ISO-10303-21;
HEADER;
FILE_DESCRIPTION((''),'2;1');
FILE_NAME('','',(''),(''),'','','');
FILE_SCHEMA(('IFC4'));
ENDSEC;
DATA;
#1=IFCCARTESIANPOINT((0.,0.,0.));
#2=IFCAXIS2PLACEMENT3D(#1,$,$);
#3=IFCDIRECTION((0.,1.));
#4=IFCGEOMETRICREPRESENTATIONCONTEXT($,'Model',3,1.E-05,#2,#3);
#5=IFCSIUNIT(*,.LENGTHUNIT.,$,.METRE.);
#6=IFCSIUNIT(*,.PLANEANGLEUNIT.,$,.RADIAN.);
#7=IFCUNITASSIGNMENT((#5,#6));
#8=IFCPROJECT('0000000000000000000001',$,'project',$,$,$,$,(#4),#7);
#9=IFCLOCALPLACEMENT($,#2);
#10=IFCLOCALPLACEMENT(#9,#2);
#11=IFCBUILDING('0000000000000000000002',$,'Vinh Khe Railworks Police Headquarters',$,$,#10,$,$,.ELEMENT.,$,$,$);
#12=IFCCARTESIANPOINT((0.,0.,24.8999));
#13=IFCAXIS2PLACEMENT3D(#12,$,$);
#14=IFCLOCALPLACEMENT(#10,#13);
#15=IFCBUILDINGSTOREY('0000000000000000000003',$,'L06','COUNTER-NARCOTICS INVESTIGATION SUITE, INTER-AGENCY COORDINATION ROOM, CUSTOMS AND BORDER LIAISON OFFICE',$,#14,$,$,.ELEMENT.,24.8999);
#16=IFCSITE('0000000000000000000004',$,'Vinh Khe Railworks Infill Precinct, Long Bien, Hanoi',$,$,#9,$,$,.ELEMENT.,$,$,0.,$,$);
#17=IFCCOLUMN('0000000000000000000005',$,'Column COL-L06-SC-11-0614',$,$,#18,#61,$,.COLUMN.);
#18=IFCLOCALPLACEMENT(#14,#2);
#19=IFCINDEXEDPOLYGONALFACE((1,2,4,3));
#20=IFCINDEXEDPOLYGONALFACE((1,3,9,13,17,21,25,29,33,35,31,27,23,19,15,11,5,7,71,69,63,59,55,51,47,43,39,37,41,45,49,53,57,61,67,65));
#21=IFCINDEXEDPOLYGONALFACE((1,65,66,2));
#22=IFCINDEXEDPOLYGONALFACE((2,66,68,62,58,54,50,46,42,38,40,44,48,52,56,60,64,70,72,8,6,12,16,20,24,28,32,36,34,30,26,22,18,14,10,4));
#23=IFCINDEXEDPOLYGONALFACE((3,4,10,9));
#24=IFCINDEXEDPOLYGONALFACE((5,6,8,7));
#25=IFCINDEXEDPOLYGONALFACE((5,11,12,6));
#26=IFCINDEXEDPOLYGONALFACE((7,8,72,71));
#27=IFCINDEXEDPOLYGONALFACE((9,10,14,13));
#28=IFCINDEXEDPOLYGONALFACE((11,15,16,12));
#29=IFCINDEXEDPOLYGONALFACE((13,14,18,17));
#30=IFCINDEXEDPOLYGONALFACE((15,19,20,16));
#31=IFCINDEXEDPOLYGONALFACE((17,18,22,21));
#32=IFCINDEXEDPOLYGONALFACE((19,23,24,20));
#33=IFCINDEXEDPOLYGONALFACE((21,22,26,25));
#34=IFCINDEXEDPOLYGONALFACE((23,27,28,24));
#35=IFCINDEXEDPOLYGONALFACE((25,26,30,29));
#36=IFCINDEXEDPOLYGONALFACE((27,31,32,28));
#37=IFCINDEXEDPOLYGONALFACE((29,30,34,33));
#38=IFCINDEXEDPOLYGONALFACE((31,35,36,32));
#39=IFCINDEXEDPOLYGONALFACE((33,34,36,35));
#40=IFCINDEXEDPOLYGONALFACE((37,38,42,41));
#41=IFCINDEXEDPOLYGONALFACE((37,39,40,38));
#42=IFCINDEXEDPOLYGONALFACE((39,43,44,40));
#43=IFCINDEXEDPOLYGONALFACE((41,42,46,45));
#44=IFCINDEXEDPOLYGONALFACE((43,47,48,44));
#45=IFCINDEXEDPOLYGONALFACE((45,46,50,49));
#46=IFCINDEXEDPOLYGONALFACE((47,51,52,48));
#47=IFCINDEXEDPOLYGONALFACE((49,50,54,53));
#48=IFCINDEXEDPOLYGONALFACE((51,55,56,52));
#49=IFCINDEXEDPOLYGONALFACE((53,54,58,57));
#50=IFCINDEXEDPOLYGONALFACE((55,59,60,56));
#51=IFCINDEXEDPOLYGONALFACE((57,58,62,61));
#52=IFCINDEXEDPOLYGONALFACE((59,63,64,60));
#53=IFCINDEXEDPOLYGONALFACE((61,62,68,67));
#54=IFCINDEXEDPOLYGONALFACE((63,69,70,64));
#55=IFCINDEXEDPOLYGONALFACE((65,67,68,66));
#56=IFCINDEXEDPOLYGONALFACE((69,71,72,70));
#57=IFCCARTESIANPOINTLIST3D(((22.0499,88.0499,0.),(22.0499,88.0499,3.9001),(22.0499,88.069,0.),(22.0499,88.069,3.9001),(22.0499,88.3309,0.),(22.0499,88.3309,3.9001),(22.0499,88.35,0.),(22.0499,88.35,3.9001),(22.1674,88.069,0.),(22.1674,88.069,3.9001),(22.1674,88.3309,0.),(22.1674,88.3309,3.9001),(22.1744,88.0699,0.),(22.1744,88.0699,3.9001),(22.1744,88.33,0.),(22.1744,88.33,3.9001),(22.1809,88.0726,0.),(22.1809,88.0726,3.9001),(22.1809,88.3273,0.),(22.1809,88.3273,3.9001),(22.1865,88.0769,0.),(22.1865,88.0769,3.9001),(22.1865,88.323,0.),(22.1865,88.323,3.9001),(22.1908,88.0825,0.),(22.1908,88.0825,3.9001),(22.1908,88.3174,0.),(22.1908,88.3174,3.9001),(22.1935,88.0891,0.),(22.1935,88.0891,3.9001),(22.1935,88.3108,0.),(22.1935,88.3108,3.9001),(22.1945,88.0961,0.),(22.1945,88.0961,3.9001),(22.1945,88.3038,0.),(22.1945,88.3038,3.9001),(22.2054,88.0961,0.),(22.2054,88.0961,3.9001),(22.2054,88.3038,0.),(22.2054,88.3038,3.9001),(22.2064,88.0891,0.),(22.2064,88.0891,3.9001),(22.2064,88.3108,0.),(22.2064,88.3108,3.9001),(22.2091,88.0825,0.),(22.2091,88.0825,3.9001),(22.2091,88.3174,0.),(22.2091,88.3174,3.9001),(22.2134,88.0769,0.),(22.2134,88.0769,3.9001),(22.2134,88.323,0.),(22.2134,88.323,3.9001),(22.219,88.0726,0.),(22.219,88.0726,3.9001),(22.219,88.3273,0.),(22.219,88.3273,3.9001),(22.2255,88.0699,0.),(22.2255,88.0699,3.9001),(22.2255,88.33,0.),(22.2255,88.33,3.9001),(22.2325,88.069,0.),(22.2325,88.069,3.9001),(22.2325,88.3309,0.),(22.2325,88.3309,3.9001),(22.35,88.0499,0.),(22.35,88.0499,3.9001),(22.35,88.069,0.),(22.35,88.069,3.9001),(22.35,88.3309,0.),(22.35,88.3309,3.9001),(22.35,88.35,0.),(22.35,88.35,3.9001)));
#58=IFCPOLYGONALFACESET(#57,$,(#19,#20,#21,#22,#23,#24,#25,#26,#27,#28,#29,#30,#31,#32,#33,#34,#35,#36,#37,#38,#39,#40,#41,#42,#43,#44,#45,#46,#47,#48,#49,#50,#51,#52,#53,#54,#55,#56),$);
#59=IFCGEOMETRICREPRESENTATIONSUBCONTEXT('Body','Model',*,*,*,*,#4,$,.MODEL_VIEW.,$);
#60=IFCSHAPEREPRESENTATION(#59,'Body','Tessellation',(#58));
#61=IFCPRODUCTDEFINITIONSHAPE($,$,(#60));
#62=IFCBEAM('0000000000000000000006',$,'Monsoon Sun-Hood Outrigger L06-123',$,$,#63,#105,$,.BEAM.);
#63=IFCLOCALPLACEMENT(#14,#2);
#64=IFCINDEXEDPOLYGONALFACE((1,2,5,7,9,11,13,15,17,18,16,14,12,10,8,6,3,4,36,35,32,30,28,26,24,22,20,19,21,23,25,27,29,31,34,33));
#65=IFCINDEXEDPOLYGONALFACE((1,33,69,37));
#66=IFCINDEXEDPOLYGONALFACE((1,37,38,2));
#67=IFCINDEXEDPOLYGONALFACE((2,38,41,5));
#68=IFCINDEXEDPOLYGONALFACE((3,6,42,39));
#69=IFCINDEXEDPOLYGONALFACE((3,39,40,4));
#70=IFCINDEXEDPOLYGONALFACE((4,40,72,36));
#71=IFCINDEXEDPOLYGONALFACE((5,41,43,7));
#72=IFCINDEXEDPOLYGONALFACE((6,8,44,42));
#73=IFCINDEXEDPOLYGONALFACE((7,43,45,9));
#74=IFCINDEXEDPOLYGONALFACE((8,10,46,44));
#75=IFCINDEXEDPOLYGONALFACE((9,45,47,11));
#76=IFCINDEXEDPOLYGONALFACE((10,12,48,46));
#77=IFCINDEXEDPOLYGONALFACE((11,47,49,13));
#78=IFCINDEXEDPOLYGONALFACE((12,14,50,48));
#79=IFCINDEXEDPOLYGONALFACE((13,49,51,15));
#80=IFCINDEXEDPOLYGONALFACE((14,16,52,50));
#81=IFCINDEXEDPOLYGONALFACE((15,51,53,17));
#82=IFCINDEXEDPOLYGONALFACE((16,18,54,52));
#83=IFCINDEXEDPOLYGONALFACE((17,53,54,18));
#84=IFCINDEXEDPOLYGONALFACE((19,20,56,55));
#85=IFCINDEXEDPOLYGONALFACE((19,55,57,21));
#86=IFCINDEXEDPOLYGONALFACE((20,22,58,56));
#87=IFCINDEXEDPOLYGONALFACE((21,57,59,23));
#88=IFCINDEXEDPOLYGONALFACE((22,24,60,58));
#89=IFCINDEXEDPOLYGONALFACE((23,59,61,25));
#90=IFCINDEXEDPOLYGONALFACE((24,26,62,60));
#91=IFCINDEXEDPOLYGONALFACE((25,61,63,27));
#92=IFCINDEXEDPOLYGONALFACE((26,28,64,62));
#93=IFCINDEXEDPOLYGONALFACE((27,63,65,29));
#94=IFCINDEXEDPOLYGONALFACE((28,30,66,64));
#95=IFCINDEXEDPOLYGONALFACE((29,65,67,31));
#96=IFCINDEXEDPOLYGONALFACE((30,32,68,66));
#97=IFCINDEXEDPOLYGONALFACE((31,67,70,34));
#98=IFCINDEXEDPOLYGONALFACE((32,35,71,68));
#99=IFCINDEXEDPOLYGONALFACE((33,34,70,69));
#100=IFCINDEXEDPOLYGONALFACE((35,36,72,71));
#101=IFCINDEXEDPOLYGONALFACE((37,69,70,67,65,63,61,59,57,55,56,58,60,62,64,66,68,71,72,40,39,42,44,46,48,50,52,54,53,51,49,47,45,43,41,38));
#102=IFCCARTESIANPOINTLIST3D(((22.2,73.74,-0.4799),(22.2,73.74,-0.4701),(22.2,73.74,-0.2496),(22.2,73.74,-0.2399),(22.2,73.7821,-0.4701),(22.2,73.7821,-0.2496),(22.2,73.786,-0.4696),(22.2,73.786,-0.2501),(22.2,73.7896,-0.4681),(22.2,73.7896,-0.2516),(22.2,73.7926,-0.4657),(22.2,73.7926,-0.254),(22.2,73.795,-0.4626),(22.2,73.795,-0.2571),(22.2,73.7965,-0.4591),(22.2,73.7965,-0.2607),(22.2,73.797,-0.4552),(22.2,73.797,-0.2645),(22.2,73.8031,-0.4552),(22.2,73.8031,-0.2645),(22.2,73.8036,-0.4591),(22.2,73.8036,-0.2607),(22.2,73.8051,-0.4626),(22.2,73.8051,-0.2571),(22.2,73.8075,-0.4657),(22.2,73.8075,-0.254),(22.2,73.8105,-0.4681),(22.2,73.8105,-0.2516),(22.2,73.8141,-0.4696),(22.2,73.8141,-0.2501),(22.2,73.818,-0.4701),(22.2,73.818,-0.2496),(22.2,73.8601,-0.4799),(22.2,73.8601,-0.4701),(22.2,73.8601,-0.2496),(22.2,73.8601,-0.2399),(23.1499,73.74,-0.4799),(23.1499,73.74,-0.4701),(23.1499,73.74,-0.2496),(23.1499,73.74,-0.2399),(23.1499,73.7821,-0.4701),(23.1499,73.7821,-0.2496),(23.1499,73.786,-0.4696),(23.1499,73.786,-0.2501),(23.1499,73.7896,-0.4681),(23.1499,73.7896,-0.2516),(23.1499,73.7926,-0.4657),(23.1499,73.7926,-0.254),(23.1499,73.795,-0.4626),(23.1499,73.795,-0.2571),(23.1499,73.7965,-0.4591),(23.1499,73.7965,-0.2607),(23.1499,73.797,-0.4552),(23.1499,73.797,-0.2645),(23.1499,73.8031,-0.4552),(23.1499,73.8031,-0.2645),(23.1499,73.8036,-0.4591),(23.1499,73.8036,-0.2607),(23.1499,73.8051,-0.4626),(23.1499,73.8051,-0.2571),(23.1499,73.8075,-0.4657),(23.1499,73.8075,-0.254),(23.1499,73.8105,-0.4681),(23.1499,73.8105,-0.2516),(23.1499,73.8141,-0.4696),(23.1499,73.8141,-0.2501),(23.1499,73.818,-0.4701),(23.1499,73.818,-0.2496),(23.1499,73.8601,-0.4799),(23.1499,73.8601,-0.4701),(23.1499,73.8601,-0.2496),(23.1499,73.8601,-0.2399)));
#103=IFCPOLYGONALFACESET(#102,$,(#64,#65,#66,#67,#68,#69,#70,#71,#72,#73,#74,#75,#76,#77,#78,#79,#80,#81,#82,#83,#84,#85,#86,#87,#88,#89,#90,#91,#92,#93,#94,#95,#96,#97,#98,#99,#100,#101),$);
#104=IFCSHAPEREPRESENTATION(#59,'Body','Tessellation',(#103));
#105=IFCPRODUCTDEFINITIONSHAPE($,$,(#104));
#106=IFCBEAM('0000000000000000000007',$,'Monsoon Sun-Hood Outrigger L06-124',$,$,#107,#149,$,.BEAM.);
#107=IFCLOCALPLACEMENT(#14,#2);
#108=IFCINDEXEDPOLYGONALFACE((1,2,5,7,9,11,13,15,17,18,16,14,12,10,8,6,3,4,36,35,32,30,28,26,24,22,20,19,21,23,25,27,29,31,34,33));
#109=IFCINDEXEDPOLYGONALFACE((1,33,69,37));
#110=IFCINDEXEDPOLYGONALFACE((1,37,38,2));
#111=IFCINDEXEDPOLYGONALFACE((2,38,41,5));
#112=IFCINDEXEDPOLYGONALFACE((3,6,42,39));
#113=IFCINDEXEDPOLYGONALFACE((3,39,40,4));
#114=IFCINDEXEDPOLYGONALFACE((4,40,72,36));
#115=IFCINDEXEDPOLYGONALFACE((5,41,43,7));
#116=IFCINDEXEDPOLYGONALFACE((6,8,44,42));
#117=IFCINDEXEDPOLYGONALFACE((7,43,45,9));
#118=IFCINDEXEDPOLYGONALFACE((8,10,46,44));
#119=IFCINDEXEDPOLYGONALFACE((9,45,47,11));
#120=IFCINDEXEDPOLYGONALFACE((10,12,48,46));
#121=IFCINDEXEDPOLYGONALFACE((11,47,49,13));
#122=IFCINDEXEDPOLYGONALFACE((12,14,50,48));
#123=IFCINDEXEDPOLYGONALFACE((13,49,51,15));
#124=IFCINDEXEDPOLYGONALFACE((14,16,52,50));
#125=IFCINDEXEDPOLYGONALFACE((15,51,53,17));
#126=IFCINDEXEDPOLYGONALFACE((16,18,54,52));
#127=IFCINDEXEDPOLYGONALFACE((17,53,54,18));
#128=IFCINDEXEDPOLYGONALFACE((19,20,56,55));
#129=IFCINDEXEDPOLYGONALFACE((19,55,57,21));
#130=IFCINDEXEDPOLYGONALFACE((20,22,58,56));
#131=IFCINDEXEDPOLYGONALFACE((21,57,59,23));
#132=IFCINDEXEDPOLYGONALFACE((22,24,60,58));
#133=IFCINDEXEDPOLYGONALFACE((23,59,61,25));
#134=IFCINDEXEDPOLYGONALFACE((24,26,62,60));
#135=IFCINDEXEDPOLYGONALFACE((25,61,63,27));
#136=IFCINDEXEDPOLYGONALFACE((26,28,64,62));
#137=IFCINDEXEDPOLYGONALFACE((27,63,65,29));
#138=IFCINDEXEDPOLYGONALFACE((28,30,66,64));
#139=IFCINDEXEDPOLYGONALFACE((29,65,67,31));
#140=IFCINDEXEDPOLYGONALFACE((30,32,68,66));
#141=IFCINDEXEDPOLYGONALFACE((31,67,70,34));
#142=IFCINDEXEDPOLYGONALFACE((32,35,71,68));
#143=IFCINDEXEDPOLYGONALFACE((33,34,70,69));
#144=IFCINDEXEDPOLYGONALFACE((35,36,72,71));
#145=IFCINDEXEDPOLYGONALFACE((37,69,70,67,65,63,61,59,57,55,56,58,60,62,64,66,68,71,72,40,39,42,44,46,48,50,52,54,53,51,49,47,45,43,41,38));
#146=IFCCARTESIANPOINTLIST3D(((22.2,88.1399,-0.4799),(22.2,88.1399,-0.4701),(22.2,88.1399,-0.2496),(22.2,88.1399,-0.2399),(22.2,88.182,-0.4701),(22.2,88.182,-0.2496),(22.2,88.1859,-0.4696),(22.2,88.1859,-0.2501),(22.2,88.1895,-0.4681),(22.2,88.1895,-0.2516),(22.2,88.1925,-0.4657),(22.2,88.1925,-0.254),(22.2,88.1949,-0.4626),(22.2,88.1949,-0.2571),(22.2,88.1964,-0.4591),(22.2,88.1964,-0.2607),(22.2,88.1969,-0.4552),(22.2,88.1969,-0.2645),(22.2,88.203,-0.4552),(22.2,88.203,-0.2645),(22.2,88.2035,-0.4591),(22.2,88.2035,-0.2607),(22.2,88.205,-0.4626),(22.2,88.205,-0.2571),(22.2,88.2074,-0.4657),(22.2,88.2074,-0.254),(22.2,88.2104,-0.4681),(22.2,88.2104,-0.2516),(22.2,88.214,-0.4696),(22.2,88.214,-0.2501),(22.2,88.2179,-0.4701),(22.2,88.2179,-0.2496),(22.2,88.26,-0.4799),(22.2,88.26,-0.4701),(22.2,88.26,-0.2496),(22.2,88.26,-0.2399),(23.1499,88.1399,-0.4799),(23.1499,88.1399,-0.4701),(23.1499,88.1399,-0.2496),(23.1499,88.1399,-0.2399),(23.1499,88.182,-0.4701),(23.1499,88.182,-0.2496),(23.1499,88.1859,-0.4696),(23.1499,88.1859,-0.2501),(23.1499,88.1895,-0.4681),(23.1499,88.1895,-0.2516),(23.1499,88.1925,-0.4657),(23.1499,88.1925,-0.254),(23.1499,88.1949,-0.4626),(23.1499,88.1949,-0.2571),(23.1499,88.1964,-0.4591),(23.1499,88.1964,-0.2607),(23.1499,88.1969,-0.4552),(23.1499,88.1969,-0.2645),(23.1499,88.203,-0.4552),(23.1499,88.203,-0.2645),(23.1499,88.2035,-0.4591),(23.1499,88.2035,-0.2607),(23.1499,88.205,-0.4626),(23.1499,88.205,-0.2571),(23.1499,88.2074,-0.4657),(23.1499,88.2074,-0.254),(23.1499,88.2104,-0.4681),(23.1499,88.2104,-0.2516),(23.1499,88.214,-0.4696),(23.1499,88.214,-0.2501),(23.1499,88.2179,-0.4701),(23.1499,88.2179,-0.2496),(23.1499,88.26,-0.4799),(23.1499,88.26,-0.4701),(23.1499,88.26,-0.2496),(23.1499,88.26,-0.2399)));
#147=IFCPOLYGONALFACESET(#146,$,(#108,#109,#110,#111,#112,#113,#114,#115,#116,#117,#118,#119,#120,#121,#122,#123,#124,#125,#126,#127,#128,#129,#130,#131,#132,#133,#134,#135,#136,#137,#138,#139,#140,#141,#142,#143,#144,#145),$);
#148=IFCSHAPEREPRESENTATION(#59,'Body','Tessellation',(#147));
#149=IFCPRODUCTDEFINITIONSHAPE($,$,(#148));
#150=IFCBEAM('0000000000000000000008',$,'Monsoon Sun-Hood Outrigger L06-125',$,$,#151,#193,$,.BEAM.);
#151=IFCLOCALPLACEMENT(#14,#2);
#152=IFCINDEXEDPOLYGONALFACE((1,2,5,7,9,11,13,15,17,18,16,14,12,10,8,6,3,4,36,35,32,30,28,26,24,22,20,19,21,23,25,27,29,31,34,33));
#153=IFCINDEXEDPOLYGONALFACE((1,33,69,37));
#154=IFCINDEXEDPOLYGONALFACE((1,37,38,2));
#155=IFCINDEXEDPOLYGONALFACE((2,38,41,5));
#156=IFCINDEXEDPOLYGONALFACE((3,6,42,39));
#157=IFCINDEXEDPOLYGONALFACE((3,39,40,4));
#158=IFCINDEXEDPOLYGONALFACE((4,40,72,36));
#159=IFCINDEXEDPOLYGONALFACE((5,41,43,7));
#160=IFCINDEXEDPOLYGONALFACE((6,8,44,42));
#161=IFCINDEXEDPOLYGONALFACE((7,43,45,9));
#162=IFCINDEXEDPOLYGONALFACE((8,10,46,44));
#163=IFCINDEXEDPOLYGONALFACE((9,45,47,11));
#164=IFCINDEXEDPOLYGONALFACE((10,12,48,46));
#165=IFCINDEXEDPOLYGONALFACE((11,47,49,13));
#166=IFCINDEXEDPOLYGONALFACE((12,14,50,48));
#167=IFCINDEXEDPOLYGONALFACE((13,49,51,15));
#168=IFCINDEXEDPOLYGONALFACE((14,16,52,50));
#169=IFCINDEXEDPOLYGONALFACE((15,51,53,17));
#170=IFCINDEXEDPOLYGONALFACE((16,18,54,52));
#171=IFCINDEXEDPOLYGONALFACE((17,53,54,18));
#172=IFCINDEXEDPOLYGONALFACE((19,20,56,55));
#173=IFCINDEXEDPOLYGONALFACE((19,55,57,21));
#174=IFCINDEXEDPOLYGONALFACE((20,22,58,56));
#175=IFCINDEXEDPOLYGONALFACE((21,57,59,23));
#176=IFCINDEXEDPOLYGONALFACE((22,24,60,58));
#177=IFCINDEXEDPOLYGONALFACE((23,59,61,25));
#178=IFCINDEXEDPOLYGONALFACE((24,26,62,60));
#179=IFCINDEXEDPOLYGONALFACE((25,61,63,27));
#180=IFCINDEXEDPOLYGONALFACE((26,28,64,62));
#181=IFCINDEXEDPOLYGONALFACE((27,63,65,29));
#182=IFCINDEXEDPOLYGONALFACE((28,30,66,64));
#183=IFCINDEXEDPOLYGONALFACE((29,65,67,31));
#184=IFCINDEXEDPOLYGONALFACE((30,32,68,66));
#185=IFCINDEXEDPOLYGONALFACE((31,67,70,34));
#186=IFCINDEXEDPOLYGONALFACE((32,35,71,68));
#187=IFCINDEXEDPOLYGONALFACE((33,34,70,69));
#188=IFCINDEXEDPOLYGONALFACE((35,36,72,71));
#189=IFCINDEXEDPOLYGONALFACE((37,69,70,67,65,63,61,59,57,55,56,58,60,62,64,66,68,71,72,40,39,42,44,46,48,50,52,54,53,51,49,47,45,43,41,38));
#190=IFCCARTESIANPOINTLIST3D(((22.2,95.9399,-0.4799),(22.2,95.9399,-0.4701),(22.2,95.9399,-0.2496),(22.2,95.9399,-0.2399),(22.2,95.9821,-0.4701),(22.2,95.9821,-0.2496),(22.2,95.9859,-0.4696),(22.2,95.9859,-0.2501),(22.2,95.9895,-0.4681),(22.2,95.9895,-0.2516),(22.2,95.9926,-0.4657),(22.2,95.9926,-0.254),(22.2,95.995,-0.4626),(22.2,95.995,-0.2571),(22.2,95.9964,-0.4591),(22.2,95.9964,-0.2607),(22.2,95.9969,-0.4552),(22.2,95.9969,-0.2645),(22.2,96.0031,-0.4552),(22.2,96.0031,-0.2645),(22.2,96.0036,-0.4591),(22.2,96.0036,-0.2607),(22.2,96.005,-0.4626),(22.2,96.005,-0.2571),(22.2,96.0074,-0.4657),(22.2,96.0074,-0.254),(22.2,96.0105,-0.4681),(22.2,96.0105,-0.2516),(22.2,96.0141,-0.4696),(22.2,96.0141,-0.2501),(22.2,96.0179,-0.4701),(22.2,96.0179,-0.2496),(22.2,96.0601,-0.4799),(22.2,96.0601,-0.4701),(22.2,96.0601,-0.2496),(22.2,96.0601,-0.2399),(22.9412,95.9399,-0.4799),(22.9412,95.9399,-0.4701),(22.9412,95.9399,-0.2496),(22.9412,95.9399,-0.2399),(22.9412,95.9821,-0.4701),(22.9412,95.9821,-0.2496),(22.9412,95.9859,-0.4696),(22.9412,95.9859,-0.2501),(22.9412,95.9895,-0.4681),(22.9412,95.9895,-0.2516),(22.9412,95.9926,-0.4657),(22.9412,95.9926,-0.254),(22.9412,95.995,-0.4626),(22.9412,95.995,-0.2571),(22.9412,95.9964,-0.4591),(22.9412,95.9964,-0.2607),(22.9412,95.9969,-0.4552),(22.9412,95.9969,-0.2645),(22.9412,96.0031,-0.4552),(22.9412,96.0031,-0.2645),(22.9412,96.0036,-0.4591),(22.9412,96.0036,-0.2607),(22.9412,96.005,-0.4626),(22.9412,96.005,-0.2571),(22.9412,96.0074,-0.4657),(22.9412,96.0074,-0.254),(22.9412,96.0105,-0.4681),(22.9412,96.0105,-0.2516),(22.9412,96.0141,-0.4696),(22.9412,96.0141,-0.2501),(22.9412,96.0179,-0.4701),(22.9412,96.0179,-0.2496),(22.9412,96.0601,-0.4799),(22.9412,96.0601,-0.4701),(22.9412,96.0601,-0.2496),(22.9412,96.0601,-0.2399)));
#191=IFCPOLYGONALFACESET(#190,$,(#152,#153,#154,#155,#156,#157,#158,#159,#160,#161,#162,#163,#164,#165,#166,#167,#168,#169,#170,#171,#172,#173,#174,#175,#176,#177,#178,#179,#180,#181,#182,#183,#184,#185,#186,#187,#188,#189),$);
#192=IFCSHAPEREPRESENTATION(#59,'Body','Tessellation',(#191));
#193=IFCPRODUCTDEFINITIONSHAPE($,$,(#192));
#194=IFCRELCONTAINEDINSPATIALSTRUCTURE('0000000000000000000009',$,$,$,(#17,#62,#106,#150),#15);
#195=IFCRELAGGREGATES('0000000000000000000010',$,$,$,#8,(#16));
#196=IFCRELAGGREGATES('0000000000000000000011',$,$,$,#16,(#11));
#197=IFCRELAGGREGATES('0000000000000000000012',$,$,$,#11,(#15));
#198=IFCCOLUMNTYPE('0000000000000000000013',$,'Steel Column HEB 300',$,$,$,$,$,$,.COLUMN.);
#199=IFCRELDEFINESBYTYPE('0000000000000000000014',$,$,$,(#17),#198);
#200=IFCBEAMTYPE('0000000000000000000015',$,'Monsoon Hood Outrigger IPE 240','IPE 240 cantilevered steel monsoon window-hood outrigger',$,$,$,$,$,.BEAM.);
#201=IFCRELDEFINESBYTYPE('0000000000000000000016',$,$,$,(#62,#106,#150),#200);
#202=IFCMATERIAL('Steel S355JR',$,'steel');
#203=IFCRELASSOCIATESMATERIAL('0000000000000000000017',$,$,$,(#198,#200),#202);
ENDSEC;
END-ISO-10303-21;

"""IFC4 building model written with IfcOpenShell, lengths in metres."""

from ifc_helpers import new_model, si_unit, direction, frame, origin, origin_2d, place, context, subcontext, project, spatial, i_section, extrude, material, material_profile, profile_set, type_object, element, save


model = new_model("IFC4")

# Units and contexts
model_context = context("Model", 3, precision=1e-05, world=origin(), true_north=direction((0.0, 1.0)))
body_context = subcontext(model_context, "Body", "Model", "MODEL_VIEW")
ifc_project = project(units=[si_unit("LENGTHUNIT", "METRE"), si_unit("PLANEANGLEUNIT", "RADIAN")], contexts=[model_context])

# Site, building, storey
site_placement = place(None, origin())
site = spatial("IfcSite", under=ifc_project, at=site_placement, Name="Vinh Khe Railworks Infill Precinct, Long Bien, Hanoi", CompositionType="ELEMENT", RefElevation=0.0)
building_placement = place(site_placement, origin())
building = spatial("IfcBuilding", under=site, at=building_placement, Name="Vinh Khe Railworks Police Headquarters", CompositionType="ELEMENT")
storey_placement = place(building_placement, frame((0.0, 0.0, 24.8999)))
storey = spatial("IfcBuildingStorey", under=building, at=storey_placement, Name="L06", Description="COUNTER-NARCOTICS INVESTIGATION SUITE, INTER-AGENCY COORDINATION ROOM, CUSTOMS AND BORDER LIAISON OFFICE", CompositionType="ELEMENT", Elevation=24.8999)

# Column
ifc_material_1 = material(Name="Steel S355JR", Category="steel")
ifc_material_profile_1 = material_profile(ifc_material_1, i_section(OverallWidth=0.3, OverallDepth=0.3, WebThickness=0.011, FlangeThickness=0.019, FilletRadius=0.0271, at=origin_2d()), Name="HEB 300")
ifc_profile_set_1 = profile_set([ifc_material_profile_1], Name="Steel S355JR")
column_type_1 = type_object("IfcColumnType", Name="Steel Column HEB 300", PredefinedType="COLUMN", material=ifc_profile_set_1)
column_1_placement = place(storey_placement, frame((22.2, 88.2, 0.0), z_axis=(0.0, 0.0, 1.0), x_axis=(1.0, 0.0, 0.0)))
element("IfcColumn", 1, at=column_1_placement, inside=storey, type_object=column_type_1, Name="Column COL-L06-SC-11-0614", PredefinedType="COLUMN", context=body_context, shape_type="SweptSolid", body=[
    extrude(i_section(OverallWidth=0.3, OverallDepth=0.3, WebThickness=0.011, FlangeThickness=0.019, FilletRadius=0.0271, at=origin_2d()), origin(), (0.0, 0.0, 1.0), 3.9001),
])

# Beams
ifc_material_profile_2 = material_profile(ifc_material_1, i_section(OverallWidth=0.1201, OverallDepth=0.24, WebThickness=0.0061, FlangeThickness=0.0098, FilletRadius=0.0149, at=origin_2d()), Name="IPE 240")
ifc_profile_set_2 = profile_set([ifc_material_profile_2], Name="Steel S355JR")
beam_type_1 = type_object("IfcBeamType", Name="Monsoon Hood Outrigger IPE 240", Description="IPE 240 cantilevered steel monsoon window-hood outrigger", PredefinedType="BEAM", material=ifc_profile_set_2)
for number, where, z_axis, x_axis, name in (
    (2, (22.2, 73.8, -0.3599), (1.0, 0.0, 0.0), (0.0, 1.0, 0.0), "Monsoon Sun-Hood Outrigger L06-123"),
    (3, (22.2, 88.2, -0.3599), (1.0, 0.0, 0.0), (0.0, 1.0, 0.0), "Monsoon Sun-Hood Outrigger L06-124"),
):
    element("IfcBeam", number, at=place(storey_placement, frame(where, z_axis=z_axis, x_axis=x_axis)), inside=storey, type_object=beam_type_1, Name=name, PredefinedType="BEAM", context=body_context, shape_type="SweptSolid", body=[
        extrude(i_section(OverallWidth=0.1201, OverallDepth=0.24, WebThickness=0.0061, FlangeThickness=0.0098, FilletRadius=0.0149, at=origin_2d()), origin(), (0.0, 0.0, 1.0), 0.95),
    ])
beam_1_placement = place(storey_placement, frame((22.2, 96.0, -0.3599), z_axis=(1.0, 0.0, 0.0), x_axis=(0.0, 1.0, 0.0)))
element("IfcBeam", 4, at=beam_1_placement, inside=storey, type_object=beam_type_1, Name="Monsoon Sun-Hood Outrigger L06-125", PredefinedType="BEAM", context=body_context, shape_type="SweptSolid", body=[
    extrude(i_section(OverallWidth=0.1201, OverallDepth=0.24, WebThickness=0.0061, FlangeThickness=0.0098, FilletRadius=0.0149, at=origin_2d()), origin(), (0.0, 0.0, 1.0), 0.7412),
])

save(model, "model.ifc")
